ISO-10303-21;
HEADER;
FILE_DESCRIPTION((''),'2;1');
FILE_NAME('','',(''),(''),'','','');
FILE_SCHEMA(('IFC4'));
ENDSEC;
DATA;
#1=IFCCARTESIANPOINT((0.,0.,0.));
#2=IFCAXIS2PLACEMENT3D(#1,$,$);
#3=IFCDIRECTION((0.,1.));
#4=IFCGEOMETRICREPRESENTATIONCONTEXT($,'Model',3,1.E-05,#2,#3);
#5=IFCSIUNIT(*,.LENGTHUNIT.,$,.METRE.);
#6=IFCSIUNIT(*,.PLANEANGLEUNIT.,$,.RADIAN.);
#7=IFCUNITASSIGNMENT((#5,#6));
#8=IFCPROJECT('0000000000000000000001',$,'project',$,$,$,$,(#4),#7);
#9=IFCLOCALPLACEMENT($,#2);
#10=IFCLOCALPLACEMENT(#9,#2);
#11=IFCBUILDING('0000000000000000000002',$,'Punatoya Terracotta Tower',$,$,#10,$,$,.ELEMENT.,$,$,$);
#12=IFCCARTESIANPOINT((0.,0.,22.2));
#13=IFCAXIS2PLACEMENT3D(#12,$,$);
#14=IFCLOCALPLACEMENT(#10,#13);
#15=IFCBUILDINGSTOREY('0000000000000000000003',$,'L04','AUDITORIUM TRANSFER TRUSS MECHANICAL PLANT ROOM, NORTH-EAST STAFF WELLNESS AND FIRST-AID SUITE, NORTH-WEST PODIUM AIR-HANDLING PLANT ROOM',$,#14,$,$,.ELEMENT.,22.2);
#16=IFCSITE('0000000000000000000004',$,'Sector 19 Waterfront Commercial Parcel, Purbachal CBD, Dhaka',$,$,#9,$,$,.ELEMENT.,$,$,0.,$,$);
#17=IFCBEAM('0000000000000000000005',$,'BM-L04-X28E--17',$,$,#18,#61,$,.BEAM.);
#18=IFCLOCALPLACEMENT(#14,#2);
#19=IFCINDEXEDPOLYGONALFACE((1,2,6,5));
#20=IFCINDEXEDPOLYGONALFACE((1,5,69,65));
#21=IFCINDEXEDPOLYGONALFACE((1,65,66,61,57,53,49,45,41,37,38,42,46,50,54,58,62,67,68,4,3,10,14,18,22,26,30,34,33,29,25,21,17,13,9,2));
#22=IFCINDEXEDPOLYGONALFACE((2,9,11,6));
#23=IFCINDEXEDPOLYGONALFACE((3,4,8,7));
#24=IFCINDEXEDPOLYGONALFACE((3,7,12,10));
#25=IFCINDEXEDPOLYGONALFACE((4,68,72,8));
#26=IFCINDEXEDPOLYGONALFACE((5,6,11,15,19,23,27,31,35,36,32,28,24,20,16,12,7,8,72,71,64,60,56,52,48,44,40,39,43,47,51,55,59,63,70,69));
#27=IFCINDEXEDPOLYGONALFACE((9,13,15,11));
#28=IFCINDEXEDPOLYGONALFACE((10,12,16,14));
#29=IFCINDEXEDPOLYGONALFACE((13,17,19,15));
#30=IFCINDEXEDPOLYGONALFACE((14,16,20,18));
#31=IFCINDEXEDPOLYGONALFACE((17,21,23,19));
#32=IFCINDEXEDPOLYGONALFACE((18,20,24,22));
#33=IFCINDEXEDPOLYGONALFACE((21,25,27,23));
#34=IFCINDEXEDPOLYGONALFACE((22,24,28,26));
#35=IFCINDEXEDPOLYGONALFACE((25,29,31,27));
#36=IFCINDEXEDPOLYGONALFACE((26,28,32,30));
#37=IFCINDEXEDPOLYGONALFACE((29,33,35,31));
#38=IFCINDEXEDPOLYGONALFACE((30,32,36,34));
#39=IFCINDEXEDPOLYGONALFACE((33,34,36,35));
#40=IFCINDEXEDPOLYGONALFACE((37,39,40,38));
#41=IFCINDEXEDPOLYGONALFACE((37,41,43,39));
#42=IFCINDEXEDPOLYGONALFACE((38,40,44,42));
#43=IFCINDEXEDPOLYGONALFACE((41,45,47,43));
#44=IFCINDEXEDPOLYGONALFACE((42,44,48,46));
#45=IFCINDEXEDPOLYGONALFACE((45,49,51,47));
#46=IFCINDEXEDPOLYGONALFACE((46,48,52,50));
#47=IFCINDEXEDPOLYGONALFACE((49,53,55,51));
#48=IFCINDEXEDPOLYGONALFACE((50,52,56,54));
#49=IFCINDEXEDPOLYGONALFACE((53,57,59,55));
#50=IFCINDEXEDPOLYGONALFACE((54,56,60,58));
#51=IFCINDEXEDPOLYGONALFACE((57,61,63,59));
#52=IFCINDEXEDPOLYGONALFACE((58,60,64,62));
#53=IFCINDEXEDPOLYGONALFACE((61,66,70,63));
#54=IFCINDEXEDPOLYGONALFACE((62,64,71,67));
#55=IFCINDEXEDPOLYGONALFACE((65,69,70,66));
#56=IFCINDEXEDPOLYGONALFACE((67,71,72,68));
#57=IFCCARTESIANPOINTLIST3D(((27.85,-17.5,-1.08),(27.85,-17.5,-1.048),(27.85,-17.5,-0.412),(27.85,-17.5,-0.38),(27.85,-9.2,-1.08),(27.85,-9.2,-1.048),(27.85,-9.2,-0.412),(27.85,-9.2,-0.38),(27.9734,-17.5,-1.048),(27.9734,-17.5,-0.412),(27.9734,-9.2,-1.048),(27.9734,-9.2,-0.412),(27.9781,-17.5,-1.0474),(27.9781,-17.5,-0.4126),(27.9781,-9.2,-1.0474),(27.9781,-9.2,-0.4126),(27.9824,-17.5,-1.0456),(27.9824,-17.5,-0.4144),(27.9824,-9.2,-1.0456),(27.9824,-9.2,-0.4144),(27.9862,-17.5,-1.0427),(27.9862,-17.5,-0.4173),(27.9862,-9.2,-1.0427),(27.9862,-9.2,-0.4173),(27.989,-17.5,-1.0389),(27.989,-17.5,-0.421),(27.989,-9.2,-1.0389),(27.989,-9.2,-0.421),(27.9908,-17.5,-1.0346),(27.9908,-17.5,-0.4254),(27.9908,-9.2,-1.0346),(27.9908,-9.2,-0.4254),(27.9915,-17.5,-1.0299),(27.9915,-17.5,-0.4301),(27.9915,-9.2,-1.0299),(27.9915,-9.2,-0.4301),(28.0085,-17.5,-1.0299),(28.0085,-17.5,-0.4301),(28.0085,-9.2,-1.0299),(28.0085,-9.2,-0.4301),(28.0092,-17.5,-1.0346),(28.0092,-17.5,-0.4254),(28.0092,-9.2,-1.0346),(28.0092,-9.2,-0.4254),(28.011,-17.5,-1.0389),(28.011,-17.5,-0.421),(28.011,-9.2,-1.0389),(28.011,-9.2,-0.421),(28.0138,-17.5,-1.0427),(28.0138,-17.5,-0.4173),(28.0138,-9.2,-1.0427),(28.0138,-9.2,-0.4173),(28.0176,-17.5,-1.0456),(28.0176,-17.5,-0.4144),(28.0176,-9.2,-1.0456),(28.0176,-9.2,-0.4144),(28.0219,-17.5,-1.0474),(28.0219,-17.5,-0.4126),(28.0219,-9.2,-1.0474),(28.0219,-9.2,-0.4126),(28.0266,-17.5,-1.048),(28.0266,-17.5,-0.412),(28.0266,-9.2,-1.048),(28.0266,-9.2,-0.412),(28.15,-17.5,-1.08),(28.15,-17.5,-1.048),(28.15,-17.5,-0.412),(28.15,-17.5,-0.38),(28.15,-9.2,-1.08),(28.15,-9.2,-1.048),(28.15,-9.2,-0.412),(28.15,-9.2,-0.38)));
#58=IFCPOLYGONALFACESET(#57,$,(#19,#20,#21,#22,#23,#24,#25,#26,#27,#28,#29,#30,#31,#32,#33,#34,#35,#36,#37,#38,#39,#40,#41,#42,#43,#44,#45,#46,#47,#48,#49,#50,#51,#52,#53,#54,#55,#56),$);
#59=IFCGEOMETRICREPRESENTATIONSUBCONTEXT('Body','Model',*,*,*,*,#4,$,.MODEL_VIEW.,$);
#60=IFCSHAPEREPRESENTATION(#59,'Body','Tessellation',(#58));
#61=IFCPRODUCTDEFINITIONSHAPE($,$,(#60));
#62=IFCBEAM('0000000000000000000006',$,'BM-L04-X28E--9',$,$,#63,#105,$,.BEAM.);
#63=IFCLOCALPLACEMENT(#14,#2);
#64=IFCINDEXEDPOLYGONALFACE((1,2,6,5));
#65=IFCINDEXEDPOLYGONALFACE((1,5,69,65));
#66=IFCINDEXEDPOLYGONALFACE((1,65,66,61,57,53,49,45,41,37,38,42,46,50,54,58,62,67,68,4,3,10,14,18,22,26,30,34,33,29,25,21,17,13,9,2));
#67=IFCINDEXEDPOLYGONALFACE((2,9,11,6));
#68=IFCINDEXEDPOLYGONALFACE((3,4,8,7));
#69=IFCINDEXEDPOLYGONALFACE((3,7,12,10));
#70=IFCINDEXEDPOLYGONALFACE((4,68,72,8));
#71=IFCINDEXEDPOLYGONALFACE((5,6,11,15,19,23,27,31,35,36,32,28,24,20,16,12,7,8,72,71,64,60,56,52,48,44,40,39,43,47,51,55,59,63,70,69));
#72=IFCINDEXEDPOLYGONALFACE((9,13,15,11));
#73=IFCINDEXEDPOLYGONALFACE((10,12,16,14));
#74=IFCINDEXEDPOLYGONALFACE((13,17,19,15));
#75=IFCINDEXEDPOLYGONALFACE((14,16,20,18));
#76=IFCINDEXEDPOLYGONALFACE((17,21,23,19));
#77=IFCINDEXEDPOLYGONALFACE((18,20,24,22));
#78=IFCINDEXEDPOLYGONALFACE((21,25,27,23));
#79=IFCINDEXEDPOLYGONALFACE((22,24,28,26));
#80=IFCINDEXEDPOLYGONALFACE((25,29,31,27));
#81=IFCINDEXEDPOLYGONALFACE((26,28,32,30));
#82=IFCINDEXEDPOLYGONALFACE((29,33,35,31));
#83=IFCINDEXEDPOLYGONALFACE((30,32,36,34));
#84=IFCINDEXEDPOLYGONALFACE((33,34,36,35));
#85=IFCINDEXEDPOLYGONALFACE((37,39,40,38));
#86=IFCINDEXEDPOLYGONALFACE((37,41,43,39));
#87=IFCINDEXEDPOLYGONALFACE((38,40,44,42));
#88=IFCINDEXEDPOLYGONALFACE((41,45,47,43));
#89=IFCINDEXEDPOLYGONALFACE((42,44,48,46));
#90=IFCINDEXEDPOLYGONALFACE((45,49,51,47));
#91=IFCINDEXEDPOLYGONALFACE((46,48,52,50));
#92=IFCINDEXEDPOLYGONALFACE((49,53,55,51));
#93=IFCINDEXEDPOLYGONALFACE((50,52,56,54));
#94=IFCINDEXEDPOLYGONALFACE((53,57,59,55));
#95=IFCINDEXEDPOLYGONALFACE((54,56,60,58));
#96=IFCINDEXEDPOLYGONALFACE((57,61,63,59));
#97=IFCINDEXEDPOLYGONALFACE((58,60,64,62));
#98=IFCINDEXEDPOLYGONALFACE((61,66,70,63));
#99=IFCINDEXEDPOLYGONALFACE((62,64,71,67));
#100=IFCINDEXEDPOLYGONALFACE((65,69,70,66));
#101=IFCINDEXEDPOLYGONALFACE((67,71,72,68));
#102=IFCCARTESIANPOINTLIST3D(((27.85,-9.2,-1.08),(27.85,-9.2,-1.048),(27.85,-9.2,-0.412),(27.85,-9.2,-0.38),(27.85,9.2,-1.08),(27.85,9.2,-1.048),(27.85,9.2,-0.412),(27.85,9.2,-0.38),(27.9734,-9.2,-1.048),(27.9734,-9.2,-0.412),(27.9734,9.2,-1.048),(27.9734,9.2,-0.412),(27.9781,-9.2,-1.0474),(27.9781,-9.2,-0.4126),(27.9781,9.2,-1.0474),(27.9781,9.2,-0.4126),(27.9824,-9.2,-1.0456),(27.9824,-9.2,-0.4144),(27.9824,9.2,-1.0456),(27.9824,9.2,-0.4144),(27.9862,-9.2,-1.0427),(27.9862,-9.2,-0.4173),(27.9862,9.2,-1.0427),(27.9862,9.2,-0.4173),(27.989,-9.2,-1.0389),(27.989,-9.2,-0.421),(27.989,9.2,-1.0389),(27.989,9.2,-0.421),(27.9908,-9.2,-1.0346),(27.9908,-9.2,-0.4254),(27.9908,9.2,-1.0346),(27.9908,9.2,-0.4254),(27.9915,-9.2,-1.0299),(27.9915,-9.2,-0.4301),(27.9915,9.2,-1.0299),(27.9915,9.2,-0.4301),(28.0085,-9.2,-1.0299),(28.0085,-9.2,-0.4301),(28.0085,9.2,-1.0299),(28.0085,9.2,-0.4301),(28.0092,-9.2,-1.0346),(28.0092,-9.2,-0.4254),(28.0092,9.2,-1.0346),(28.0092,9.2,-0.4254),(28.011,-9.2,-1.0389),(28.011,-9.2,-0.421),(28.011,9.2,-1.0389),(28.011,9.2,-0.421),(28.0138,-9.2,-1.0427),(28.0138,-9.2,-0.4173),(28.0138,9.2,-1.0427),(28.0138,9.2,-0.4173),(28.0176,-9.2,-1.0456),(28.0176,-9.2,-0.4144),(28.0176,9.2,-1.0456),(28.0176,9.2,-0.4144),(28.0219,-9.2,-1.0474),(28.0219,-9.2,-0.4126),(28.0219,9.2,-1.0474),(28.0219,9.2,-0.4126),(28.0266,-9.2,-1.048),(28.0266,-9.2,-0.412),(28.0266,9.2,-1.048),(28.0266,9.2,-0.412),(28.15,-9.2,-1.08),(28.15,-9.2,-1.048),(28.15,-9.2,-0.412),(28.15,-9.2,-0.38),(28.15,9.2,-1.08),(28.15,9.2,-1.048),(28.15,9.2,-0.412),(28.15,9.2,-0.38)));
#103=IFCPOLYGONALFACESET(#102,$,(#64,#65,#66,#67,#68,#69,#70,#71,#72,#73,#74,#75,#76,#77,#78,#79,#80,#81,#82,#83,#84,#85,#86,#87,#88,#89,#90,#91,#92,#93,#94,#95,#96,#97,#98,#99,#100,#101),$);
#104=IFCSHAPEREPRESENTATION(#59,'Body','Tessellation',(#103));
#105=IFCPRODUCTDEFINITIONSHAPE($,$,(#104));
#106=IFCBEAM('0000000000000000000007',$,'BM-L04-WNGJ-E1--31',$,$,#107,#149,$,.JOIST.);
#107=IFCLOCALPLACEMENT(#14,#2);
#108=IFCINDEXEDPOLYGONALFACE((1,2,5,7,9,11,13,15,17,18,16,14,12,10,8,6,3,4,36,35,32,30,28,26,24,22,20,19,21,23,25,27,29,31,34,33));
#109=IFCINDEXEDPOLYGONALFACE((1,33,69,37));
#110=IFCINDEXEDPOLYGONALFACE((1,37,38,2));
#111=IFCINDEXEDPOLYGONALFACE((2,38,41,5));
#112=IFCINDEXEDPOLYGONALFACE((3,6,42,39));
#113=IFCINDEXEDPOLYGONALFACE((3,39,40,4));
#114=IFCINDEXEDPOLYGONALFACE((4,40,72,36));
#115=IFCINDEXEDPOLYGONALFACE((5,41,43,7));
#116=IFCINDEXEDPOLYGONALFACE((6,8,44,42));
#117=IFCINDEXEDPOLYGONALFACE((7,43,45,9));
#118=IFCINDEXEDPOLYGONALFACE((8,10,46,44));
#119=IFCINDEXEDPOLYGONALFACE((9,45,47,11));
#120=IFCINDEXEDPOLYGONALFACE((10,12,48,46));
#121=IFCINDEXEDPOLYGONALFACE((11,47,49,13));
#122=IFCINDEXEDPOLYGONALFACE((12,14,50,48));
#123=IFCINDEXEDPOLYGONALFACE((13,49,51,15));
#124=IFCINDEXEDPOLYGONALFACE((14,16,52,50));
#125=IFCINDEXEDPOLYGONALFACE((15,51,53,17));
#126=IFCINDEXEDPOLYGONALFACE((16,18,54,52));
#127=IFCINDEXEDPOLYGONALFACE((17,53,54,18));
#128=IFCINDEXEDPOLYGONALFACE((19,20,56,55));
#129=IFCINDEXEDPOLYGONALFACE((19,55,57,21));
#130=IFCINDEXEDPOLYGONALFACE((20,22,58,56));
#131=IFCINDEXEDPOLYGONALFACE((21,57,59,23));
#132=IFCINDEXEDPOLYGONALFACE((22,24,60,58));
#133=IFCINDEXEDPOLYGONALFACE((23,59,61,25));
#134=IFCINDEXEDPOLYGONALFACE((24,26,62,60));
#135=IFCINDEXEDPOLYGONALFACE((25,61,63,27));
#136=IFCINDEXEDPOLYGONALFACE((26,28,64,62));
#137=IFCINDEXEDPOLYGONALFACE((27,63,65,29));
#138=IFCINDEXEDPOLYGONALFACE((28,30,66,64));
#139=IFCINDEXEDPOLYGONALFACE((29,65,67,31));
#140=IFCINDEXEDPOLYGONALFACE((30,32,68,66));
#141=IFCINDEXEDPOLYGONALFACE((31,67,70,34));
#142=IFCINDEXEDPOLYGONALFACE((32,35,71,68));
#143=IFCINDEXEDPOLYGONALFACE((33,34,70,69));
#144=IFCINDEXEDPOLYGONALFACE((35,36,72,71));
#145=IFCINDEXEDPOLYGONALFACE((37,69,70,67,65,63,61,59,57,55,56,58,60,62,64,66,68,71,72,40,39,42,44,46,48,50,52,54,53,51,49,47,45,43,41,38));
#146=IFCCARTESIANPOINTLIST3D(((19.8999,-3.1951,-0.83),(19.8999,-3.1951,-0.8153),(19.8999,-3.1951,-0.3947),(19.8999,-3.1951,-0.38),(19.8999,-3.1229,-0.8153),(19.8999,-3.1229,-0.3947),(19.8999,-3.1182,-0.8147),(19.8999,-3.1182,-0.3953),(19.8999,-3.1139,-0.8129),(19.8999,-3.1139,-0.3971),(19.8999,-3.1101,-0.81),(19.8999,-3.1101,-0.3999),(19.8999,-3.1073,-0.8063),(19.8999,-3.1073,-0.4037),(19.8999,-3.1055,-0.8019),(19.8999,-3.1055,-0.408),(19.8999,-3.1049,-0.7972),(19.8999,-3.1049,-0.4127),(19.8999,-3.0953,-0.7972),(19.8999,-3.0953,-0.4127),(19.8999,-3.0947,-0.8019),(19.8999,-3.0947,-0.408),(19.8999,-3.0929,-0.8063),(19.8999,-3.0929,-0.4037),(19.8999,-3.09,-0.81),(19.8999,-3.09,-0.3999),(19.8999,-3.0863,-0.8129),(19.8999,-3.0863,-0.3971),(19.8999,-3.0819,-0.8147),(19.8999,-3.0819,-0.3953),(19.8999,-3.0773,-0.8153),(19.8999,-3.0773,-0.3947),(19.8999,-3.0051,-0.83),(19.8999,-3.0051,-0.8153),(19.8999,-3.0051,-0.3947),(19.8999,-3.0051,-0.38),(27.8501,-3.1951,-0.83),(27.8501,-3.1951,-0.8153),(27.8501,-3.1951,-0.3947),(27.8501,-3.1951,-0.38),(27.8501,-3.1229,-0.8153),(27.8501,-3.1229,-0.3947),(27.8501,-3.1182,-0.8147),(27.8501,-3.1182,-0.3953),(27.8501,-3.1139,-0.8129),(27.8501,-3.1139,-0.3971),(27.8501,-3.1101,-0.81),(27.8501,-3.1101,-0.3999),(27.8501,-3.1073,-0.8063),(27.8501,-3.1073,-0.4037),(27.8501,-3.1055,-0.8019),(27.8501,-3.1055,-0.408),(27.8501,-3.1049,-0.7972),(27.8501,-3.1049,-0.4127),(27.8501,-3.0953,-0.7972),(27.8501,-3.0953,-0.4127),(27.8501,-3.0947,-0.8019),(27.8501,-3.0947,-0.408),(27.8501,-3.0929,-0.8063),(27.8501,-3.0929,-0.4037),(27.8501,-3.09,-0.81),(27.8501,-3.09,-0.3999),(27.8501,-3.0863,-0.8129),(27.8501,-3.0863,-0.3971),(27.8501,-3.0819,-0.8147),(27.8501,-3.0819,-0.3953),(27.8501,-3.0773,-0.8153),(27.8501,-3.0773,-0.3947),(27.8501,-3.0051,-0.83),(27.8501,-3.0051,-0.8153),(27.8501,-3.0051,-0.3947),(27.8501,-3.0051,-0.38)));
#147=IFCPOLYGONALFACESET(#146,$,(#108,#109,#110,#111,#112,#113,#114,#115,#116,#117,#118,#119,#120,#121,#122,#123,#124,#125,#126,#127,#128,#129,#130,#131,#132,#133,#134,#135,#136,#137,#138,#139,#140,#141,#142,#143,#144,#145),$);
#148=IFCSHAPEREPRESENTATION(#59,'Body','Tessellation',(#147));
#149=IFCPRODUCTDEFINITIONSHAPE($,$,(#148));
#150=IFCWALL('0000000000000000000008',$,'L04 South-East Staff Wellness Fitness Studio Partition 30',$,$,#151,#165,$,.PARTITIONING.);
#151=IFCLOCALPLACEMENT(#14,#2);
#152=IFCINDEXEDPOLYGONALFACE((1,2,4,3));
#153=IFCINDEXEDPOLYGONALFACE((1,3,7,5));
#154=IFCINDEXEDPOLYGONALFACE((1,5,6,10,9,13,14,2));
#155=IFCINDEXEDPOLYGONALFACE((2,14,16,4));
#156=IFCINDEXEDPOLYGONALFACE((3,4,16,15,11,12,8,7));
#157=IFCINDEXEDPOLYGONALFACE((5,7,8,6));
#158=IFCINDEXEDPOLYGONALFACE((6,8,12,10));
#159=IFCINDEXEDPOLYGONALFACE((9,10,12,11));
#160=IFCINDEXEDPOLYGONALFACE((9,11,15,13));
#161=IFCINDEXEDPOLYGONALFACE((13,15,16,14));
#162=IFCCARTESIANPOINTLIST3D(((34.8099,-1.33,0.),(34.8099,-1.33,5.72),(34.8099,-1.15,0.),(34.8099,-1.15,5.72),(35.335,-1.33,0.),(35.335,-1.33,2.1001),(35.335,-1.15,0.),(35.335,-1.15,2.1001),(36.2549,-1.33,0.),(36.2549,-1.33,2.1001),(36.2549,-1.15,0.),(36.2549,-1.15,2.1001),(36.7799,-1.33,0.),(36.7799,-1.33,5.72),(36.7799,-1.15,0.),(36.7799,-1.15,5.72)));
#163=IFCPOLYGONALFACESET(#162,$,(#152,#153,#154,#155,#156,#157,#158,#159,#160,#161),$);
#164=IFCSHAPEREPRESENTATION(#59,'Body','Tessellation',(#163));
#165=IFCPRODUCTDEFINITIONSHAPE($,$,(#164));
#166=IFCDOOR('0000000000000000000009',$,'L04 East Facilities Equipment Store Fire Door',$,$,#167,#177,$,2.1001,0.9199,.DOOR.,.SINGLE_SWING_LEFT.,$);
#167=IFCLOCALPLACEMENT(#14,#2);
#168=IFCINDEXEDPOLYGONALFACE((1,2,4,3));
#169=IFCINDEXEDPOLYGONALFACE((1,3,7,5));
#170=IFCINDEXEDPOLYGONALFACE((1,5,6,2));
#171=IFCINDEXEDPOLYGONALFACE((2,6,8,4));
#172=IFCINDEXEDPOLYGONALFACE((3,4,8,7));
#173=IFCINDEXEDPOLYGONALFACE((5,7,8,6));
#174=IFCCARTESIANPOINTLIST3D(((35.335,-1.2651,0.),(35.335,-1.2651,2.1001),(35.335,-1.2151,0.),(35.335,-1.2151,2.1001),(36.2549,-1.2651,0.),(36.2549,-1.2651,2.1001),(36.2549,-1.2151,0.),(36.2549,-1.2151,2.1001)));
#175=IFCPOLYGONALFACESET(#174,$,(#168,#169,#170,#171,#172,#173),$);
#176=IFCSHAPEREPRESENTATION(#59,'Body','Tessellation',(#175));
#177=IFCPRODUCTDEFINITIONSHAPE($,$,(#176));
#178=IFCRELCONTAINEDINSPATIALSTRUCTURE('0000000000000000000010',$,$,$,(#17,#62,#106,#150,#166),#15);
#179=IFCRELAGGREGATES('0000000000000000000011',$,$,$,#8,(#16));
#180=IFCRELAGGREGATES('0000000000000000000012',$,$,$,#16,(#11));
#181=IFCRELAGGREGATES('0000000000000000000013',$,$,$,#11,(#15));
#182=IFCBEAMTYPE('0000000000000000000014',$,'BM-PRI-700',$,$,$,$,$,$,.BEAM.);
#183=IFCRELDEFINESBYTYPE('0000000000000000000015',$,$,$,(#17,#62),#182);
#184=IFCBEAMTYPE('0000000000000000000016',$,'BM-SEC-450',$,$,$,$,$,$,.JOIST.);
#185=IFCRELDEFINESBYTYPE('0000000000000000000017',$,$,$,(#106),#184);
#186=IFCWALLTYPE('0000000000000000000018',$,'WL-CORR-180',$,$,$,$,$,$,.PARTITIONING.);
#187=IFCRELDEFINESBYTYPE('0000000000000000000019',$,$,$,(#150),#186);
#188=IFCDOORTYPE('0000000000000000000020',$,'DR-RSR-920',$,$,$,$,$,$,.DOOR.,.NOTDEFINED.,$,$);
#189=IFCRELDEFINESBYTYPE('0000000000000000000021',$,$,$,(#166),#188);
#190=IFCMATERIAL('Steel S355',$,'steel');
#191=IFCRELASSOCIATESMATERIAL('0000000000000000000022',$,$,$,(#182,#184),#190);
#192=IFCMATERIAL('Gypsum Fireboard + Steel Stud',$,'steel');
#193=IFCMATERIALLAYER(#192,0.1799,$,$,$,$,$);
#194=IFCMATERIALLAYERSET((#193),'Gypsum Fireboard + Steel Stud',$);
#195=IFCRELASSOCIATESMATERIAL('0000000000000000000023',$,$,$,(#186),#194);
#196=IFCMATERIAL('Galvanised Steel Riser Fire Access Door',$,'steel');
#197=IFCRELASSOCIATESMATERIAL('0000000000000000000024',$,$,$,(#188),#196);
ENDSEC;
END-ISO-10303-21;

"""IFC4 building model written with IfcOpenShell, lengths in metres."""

from ifc_helpers import new_model, si_unit, direction, frame, frame_2d, origin, origin_2d, place, context, subcontext, project, spatial, rectangle, i_section, extrude, material, layer, layer_set, material_profile, profile_set, type_object, element, fill, save


model = new_model("IFC4")

# Units and contexts
model_context = context("Model", 3, precision=1e-05, world=origin(), true_north=direction((0.0, 1.0)))
body_context = subcontext(model_context, "Body", "Model", "MODEL_VIEW")
ifc_project = project(units=[si_unit("LENGTHUNIT", "METRE"), si_unit("PLANEANGLEUNIT", "RADIAN")], contexts=[model_context])

# Site, building, storey
site_placement = place(None, origin())
site = spatial("IfcSite", under=ifc_project, at=site_placement, Name="Sector 19 Waterfront Commercial Parcel, Purbachal CBD, Dhaka", CompositionType="ELEMENT", RefElevation=0.0)
building_placement = place(site_placement, origin())
building = spatial("IfcBuilding", under=site, at=building_placement, Name="Punatoya Terracotta Tower", CompositionType="ELEMENT")
storey_placement = place(building_placement, frame((0.0, 0.0, 22.2)))
storey = spatial("IfcBuildingStorey", under=building, at=storey_placement, Name="L04", Description="AUDITORIUM TRANSFER TRUSS MECHANICAL PLANT ROOM, NORTH-EAST STAFF WELLNESS AND FIRST-AID SUITE, NORTH-WEST PODIUM AIR-HANDLING PLANT ROOM", CompositionType="ELEMENT", Elevation=22.2)

# Beams
ifc_material_1 = material(Name="Steel S355", Category="steel")
ifc_material_profile_1 = material_profile(ifc_material_1, i_section(OverallWidth=0.3, OverallDepth=0.7, WebThickness=0.0171, FlangeThickness=0.032, FilletRadius=0.0181, at=origin_2d()))
ifc_profile_set_1 = profile_set([ifc_material_profile_1], Name="Steel S355")
beam_type_1 = type_object("IfcBeamType", Name="BM-PRI-700", PredefinedType="BEAM", material=ifc_profile_set_1)
beam_1_placement = place(storey_placement, frame((28.0, -17.5, -0.73), z_axis=(0.0, 1.0, 0.0), x_axis=(-1.0, 0.0, 0.0)))
element("IfcBeam", 1, at=beam_1_placement, inside=storey, type_object=beam_type_1, Name="BM-L04-X28E--17", PredefinedType="BEAM", context=body_context, shape_type="SweptSolid", body=[
    extrude(i_section(OverallWidth=0.3, OverallDepth=0.7, WebThickness=0.0171, FlangeThickness=0.032, FilletRadius=0.0181, at=origin_2d()), origin(), (0.0, 0.0, 1.0), 8.3),
])
beam_2_placement = place(storey_placement, frame((28.0, -9.2, -0.73), z_axis=(0.0, 1.0, 0.0), x_axis=(-1.0, 0.0, 0.0)))
element("IfcBeam", 2, at=beam_2_placement, inside=storey, type_object=beam_type_1, Name="BM-L04-X28E--9", PredefinedType="BEAM", context=body_context, shape_type="SweptSolid", body=[
    extrude(i_section(OverallWidth=0.3, OverallDepth=0.7, WebThickness=0.0171, FlangeThickness=0.032, FilletRadius=0.0181, at=origin_2d()), origin(), (0.0, 0.0, 1.0), 18.3999),
])
ifc_material_profile_2 = material_profile(ifc_material_1, i_section(OverallWidth=0.1899, OverallDepth=0.45, WebThickness=0.0095, FlangeThickness=0.0146, FilletRadius=0.0181, at=origin_2d()))
ifc_profile_set_2 = profile_set([ifc_material_profile_2], Name="Steel S355")
beam_type_2 = type_object("IfcBeamType", Name="BM-SEC-450", PredefinedType="JOIST", material=ifc_profile_set_2)
beam_3_placement = place(storey_placement, frame((19.8999, -3.1001, -0.605), z_axis=(1.0, 0.0, 0.0), x_axis=(0.0, 1.0, 0.0)))
element("IfcBeam", 3, at=beam_3_placement, inside=storey, type_object=beam_type_2, Name="BM-L04-WNGJ-E1--31", PredefinedType="JOIST", context=body_context, shape_type="SweptSolid", body=[
    extrude(i_section(OverallWidth=0.1899, OverallDepth=0.45, WebThickness=0.0095, FlangeThickness=0.0146, FilletRadius=0.0181, at=origin_2d()), origin(), (0.0, 0.0, 1.0), 7.9502),
])

# Wall, opening, door
ifc_material_2 = material(Name="Gypsum Fireboard + Steel Stud", Category="steel")
ifc_layer_1 = layer(ifc_material_2, 0.1799)
ifc_layer_set_1 = layer_set([ifc_layer_1], Name="Gypsum Fireboard + Steel Stud")
wall_type_1 = type_object("IfcWallType", Name="WL-CORR-180", PredefinedType="PARTITIONING", material=ifc_layer_set_1)
wall_1_placement = place(storey_placement, frame((34.8101, -1.24, 0.0), z_axis=(0.0, 0.0, 1.0), x_axis=(1.0, 0.0, 0.0)))
wall_1 = element("IfcWall", 4, at=wall_1_placement, inside=storey, type_object=wall_type_1, Name="L04 South-East Staff Wellness Fitness Studio Partition 30", PredefinedType="PARTITIONING", context=body_context, shape_type="SweptSolid", body=[
    extrude(rectangle(XDim=1.97, YDim=0.1799, at=frame_2d((0.9849, 0.0))), origin(), (0.0, 0.0, 1.0), 5.72),
])
opening_1_placement = place(wall_1_placement, frame((0.5249, 0.0, 0.0)))
opening_1 = element("IfcOpeningElement", 5, at=opening_1_placement, cuts=wall_1, PredefinedType="OPENING", context=body_context, shape_type="SweptSolid", body=[
    extrude(rectangle(XDim=0.9199, YDim=2.1001, at=frame_2d((0.46, 1.05))), frame((0.0, 0.0999, 0.0), z_axis=(0.0, -1.0, 0.0), x_axis=(1.0, 0.0, 0.0)), (0.0, 0.0, 1.0), 0.2),
])
ifc_material_3 = material(Name="Galvanised Steel Riser Fire Access Door", Category="steel")
door_type_1 = type_object("IfcDoorType", Name="DR-RSR-920", OperationType="NOTDEFINED", PredefinedType="DOOR", material=ifc_material_3)
door_1_placement = place(opening_1_placement, origin())
door_1 = element("IfcDoor", 6, at=door_1_placement, inside=storey, type_object=door_type_1, Name="L04 East Facilities Equipment Store Fire Door", OperationType="SINGLE_SWING_LEFT", OverallHeight=2.1001, OverallWidth=0.9199, PredefinedType="DOOR", context=body_context, shape_type="SweptSolid", body=[
    extrude(rectangle(XDim=0.9199, YDim=2.1001, at=frame_2d((0.46, 1.05))), frame((0.0, 0.0249, 0.0), z_axis=(0.0, -1.0, 0.0), x_axis=(1.0, 0.0, 0.0)), (0.0, 0.0, 1.0), 0.05),
])
fill(opening_1, door_1)

save(model, "model.ifc")
